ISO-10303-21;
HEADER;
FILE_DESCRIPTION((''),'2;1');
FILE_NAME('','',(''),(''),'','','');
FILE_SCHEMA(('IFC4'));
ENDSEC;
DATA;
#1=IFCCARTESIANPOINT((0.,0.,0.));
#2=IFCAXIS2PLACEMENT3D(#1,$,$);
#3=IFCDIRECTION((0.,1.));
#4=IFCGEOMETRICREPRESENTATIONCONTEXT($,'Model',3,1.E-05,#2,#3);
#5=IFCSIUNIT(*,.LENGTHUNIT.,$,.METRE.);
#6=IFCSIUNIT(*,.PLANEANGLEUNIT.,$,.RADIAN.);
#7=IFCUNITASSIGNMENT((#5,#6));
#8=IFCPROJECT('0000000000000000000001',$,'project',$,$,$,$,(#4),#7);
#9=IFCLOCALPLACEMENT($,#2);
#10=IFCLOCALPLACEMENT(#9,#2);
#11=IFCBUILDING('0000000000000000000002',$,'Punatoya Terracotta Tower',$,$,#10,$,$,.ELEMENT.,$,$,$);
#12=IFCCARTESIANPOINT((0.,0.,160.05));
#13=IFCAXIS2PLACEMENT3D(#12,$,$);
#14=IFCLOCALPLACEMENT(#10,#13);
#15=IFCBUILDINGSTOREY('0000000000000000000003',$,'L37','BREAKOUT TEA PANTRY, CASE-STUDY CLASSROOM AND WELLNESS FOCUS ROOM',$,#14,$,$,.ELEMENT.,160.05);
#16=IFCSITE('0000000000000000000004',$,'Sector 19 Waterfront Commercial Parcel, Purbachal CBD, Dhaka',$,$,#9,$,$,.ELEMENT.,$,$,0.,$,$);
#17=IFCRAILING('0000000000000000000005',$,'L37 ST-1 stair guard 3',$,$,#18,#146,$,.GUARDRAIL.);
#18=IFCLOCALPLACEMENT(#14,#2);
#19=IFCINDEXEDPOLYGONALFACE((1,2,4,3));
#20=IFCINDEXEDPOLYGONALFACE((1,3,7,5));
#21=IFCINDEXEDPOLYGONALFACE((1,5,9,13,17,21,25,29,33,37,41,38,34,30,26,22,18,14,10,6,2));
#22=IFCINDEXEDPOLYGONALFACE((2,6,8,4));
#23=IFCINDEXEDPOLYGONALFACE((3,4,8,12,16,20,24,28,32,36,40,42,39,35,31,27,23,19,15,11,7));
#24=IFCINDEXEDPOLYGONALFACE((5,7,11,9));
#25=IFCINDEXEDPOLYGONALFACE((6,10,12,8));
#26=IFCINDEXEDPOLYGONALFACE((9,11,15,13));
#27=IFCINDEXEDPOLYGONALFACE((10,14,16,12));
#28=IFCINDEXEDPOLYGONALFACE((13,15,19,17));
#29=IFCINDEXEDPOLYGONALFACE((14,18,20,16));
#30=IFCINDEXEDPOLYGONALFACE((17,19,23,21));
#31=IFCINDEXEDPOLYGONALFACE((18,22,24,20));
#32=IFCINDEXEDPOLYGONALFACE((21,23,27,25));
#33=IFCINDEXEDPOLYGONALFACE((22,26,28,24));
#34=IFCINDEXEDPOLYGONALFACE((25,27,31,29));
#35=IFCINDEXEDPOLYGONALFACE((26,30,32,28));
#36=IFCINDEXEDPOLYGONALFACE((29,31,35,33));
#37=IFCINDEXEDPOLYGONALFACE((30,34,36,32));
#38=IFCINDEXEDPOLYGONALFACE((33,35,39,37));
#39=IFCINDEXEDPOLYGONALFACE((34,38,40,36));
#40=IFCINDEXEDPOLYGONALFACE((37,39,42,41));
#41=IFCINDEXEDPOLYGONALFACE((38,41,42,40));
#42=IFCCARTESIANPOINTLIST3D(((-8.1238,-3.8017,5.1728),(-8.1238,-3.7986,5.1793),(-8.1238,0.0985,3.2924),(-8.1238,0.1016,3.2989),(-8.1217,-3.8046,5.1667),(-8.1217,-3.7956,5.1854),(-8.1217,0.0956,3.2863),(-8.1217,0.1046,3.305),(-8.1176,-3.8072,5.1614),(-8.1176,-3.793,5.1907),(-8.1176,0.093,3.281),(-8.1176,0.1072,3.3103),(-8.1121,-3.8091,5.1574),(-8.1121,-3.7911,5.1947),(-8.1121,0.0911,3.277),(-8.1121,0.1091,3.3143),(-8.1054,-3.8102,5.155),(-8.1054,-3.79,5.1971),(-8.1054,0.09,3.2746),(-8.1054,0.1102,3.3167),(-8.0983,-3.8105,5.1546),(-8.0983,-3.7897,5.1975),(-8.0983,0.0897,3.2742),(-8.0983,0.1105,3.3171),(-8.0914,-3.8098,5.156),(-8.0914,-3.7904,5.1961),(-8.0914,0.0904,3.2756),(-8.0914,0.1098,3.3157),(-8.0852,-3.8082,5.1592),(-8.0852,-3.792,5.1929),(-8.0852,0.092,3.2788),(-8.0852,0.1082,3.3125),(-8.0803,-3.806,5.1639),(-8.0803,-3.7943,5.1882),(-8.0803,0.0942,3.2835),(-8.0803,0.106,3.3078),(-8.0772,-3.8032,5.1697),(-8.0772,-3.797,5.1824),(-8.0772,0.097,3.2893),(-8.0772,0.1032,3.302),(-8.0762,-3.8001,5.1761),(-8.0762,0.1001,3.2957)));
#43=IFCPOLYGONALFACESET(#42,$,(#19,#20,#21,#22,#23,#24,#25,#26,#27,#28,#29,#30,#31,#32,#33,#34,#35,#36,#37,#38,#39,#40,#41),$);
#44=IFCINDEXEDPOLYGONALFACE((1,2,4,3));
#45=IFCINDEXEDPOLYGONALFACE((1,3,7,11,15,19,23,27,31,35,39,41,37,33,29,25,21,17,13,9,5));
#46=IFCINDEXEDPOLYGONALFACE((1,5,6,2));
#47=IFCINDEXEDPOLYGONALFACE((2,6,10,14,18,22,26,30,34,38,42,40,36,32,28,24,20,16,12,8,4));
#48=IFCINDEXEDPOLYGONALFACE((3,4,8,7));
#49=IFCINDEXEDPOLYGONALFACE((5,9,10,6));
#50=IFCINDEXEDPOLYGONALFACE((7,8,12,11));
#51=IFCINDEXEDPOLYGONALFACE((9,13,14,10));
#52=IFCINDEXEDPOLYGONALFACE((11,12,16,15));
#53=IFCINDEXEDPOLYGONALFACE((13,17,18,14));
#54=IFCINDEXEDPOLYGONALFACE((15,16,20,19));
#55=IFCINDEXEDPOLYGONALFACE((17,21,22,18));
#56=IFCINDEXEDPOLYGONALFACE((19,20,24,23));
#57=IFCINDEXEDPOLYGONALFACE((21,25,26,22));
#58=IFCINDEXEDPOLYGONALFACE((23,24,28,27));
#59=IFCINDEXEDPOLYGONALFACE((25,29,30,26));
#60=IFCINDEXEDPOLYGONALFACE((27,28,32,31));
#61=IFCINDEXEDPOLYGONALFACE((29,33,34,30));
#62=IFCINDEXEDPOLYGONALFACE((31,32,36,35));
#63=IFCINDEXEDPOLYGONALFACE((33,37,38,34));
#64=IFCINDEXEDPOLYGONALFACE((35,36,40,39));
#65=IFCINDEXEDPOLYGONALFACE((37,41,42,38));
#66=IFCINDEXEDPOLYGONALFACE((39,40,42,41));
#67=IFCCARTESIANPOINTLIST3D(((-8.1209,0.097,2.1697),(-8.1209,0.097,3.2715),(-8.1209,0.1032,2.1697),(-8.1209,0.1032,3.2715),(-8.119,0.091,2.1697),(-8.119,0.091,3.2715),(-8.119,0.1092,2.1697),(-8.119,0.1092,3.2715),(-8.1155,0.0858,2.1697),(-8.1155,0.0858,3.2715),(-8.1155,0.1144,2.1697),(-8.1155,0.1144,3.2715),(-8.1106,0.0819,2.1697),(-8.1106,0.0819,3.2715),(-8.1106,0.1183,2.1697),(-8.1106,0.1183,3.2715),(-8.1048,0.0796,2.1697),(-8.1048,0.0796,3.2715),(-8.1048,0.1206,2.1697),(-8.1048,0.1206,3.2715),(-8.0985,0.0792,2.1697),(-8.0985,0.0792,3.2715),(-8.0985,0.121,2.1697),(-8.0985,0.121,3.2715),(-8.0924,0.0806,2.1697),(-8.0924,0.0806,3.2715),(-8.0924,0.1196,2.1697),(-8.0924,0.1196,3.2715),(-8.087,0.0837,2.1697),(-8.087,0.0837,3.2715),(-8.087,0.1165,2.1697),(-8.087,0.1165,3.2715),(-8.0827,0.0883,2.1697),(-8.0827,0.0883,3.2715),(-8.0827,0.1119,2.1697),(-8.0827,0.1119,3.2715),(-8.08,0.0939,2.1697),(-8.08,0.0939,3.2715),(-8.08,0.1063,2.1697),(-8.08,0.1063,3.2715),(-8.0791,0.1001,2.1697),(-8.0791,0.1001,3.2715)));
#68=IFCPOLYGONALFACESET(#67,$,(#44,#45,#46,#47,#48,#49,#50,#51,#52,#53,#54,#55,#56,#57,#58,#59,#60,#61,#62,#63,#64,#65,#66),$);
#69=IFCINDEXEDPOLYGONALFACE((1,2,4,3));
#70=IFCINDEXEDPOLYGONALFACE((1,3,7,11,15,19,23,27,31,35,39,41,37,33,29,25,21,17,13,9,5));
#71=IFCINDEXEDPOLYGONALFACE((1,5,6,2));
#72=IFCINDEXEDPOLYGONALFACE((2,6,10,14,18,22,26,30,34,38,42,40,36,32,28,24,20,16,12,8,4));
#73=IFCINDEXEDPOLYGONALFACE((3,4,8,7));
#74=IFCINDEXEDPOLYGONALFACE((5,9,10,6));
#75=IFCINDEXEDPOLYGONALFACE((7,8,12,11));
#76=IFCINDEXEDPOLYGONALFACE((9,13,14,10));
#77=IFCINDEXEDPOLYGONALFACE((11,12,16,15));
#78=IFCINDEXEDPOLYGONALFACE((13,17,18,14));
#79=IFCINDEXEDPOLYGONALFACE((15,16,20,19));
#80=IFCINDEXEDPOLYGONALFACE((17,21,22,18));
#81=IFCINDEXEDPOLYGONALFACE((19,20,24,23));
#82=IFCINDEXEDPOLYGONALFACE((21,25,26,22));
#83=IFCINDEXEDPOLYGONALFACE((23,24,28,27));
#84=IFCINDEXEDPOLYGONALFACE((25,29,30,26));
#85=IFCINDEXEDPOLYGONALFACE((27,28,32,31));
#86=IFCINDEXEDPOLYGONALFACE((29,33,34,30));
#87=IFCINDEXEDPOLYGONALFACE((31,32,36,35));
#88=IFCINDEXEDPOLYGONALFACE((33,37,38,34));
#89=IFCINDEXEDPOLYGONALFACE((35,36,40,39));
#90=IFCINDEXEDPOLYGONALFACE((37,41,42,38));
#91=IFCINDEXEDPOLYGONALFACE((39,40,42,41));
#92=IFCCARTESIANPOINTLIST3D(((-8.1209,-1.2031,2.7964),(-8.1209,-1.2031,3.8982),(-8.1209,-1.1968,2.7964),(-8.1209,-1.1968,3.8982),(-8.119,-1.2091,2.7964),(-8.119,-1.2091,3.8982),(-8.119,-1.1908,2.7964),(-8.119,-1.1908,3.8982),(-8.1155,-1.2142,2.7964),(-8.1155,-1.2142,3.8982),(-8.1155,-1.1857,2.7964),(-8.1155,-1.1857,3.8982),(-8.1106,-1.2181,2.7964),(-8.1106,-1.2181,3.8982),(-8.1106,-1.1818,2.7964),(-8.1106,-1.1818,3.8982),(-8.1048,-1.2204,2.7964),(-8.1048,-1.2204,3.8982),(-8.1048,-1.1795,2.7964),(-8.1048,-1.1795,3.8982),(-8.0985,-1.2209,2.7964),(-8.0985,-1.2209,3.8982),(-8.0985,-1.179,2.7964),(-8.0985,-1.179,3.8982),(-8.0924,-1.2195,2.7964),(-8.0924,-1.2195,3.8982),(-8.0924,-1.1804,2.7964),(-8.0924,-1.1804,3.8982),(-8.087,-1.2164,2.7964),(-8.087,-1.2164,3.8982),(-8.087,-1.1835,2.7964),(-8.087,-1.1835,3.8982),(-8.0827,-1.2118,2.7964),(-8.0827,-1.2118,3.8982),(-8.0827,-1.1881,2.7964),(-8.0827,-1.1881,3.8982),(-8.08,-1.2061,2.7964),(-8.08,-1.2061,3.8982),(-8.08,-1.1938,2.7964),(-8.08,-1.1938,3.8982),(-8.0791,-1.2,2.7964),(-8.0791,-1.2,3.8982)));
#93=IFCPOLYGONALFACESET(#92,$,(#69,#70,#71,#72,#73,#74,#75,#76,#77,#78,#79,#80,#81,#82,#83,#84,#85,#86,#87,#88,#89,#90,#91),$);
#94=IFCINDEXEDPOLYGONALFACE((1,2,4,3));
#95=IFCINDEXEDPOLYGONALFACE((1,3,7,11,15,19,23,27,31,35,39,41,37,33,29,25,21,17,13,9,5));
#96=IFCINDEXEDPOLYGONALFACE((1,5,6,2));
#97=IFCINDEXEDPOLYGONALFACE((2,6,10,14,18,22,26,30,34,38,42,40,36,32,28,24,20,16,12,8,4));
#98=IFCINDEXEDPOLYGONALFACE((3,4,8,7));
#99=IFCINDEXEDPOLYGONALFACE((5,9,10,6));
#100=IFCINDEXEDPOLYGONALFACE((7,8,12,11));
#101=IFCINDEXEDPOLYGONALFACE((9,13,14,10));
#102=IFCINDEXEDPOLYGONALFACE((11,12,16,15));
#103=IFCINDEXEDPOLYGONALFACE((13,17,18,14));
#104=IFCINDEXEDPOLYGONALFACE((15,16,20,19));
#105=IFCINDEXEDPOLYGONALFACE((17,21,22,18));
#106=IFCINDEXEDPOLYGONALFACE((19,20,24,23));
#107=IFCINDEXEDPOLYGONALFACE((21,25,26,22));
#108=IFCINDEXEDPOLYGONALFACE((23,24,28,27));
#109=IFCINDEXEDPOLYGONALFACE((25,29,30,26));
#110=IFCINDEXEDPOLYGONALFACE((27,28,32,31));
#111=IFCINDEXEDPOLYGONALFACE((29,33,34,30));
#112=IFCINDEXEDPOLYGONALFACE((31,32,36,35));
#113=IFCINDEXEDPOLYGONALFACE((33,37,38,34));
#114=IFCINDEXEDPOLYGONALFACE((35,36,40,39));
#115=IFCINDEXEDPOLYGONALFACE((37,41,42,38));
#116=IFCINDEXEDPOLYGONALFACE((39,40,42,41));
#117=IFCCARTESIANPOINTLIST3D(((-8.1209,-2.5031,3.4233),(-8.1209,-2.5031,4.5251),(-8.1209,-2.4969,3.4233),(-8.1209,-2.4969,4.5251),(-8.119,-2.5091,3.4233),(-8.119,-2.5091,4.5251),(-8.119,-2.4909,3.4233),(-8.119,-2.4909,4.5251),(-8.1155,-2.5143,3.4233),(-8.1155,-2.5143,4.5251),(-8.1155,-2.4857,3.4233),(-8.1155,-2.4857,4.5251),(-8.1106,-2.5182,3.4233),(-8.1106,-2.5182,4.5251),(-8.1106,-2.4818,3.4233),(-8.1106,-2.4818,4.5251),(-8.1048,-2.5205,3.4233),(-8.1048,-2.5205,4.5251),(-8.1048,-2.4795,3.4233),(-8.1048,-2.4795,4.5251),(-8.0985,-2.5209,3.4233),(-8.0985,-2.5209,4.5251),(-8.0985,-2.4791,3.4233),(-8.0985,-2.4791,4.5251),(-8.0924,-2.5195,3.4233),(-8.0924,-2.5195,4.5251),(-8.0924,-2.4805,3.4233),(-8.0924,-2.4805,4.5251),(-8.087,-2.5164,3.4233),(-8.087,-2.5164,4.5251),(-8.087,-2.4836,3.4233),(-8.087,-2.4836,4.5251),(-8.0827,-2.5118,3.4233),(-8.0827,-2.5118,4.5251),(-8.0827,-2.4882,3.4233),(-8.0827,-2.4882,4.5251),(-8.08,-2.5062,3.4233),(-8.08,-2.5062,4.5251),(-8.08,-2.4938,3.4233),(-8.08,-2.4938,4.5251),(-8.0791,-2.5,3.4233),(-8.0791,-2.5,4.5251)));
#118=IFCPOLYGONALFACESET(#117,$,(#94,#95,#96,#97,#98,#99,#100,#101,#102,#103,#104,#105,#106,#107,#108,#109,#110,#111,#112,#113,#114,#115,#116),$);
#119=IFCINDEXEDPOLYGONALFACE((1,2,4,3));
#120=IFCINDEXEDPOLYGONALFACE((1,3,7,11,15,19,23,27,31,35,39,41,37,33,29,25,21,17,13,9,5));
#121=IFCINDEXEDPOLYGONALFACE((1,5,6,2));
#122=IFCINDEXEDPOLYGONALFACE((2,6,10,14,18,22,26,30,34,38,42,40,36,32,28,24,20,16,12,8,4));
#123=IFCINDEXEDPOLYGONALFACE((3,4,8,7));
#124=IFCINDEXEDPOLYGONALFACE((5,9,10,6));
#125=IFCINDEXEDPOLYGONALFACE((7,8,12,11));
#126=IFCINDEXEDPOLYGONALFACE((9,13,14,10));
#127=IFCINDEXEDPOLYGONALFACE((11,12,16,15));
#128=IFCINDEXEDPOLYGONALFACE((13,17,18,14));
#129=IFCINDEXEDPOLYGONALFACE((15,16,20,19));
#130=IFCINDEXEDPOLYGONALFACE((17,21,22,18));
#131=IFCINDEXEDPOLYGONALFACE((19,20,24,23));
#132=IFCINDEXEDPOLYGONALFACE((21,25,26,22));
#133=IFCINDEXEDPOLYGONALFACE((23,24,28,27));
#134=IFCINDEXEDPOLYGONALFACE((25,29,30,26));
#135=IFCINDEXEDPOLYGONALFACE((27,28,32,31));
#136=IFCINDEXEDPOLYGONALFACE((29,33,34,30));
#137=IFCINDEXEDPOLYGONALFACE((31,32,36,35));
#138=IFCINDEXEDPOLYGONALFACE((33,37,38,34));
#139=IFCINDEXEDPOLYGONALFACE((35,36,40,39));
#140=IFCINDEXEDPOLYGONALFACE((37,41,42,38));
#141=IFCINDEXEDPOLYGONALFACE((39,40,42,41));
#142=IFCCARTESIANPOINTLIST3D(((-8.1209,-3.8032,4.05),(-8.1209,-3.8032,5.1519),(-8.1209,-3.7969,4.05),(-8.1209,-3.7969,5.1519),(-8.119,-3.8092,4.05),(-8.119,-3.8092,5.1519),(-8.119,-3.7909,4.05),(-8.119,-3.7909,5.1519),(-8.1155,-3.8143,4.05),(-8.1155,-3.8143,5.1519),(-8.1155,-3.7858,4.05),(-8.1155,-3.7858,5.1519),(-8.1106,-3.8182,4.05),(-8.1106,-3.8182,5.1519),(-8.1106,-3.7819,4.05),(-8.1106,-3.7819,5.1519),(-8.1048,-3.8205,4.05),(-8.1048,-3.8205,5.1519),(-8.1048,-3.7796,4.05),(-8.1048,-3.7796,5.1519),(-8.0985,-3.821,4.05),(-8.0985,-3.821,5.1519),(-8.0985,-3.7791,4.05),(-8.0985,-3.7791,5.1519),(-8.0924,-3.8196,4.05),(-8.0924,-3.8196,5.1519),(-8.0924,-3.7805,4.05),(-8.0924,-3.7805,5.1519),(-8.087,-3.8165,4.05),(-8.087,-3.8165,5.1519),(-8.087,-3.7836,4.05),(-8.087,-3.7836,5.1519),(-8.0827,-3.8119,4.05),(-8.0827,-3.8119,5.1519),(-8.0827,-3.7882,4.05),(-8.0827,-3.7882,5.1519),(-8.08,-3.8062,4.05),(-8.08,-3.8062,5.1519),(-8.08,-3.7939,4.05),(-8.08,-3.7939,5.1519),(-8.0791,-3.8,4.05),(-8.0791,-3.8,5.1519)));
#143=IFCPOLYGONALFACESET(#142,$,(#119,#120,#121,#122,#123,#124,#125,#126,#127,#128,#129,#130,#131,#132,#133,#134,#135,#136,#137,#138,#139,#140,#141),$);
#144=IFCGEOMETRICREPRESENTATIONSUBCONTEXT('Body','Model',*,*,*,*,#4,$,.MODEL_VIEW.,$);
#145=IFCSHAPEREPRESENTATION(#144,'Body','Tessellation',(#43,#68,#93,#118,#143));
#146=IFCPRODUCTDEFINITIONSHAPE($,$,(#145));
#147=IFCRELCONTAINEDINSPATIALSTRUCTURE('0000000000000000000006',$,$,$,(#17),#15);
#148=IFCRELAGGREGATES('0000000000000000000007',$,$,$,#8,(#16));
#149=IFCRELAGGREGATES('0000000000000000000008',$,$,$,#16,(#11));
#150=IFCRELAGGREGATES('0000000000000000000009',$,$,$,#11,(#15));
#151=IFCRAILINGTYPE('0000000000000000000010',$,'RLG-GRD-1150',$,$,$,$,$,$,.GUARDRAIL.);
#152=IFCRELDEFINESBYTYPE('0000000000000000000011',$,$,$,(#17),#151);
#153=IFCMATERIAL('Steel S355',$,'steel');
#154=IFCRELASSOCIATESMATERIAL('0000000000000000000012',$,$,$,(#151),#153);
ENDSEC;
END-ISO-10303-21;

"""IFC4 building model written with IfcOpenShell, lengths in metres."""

from ifc_helpers import new_model, si_unit, direction, frame, origin, origin_2d, place, context, subcontext, project, spatial, circle, extrude, material, type_object, element, save


model = new_model("IFC4")

# Units and contexts
model_context = context("Model", 3, precision=1e-05, world=origin(), true_north=direction((0.0, 1.0)))
body_context = subcontext(model_context, "Body", "Model", "MODEL_VIEW")
ifc_project = project(units=[si_unit("LENGTHUNIT", "METRE"), si_unit("PLANEANGLEUNIT", "RADIAN")], contexts=[model_context])

# Site, building, storey
site_placement = place(None, origin())
site = spatial("IfcSite", under=ifc_project, at=site_placement, Name="Sector 19 Waterfront Commercial Parcel, Purbachal CBD, Dhaka", CompositionType="ELEMENT", RefElevation=0.0)
building_placement = place(site_placement, origin())
building = spatial("IfcBuilding", under=site, at=building_placement, Name="Punatoya Terracotta Tower", CompositionType="ELEMENT")
storey_placement = place(building_placement, frame((0.0, 0.0, 160.05)))
storey = spatial("IfcBuildingStorey", under=building, at=storey_placement, Name="L37", Description="BREAKOUT TEA PANTRY, CASE-STUDY CLASSROOM AND WELLNESS FOCUS ROOM", CompositionType="ELEMENT", Elevation=160.05)

# Shared definitions
ifc_material_1 = material(Name="Steel S355", Category="steel")

# Railing
railing_type = type_object("IfcRailingType", Name="RLG-GRD-1150", PredefinedType="GUARDRAIL", material=ifc_material_1)
railing_1_placement = place(storey_placement, frame((-8.1001, 0.1001, 2.1697)))
element("IfcRailing", 1, at=railing_1_placement, inside=storey, type_object=railing_type, Name="L37 ST-1 stair guard 3", PredefinedType="GUARDRAIL", context=body_context, shape_type="SweptSolid", body=[
    extrude(circle(Radius=0.0239, at=origin_2d()), frame((0.0, 0.0, 1.126), z_axis=(0.0, -0.900774, 0.434289), x_axis=(1.0, 0.0, 0.0)), (0.0, 0.0, 1.0), 4.3298),
    extrude(circle(Radius=0.021, at=origin_2d()), origin(), (0.0, 0.0, 1.0), 1.1018),
    extrude(circle(Radius=0.021, at=origin_2d()), frame((0.0, -1.3, 0.6267)), (0.0, 0.0, 1.0), 1.1018),
    extrude(circle(Radius=0.021, at=origin_2d()), frame((0.0, -2.6001, 1.2537)), (0.0, 0.0, 1.0), 1.1018),
    extrude(circle(Radius=0.021, at=origin_2d()), frame((0.0, -3.9001, 1.8804)), (0.0, 0.0, 1.0), 1.1018),
])

save(model, "model.ifc")
